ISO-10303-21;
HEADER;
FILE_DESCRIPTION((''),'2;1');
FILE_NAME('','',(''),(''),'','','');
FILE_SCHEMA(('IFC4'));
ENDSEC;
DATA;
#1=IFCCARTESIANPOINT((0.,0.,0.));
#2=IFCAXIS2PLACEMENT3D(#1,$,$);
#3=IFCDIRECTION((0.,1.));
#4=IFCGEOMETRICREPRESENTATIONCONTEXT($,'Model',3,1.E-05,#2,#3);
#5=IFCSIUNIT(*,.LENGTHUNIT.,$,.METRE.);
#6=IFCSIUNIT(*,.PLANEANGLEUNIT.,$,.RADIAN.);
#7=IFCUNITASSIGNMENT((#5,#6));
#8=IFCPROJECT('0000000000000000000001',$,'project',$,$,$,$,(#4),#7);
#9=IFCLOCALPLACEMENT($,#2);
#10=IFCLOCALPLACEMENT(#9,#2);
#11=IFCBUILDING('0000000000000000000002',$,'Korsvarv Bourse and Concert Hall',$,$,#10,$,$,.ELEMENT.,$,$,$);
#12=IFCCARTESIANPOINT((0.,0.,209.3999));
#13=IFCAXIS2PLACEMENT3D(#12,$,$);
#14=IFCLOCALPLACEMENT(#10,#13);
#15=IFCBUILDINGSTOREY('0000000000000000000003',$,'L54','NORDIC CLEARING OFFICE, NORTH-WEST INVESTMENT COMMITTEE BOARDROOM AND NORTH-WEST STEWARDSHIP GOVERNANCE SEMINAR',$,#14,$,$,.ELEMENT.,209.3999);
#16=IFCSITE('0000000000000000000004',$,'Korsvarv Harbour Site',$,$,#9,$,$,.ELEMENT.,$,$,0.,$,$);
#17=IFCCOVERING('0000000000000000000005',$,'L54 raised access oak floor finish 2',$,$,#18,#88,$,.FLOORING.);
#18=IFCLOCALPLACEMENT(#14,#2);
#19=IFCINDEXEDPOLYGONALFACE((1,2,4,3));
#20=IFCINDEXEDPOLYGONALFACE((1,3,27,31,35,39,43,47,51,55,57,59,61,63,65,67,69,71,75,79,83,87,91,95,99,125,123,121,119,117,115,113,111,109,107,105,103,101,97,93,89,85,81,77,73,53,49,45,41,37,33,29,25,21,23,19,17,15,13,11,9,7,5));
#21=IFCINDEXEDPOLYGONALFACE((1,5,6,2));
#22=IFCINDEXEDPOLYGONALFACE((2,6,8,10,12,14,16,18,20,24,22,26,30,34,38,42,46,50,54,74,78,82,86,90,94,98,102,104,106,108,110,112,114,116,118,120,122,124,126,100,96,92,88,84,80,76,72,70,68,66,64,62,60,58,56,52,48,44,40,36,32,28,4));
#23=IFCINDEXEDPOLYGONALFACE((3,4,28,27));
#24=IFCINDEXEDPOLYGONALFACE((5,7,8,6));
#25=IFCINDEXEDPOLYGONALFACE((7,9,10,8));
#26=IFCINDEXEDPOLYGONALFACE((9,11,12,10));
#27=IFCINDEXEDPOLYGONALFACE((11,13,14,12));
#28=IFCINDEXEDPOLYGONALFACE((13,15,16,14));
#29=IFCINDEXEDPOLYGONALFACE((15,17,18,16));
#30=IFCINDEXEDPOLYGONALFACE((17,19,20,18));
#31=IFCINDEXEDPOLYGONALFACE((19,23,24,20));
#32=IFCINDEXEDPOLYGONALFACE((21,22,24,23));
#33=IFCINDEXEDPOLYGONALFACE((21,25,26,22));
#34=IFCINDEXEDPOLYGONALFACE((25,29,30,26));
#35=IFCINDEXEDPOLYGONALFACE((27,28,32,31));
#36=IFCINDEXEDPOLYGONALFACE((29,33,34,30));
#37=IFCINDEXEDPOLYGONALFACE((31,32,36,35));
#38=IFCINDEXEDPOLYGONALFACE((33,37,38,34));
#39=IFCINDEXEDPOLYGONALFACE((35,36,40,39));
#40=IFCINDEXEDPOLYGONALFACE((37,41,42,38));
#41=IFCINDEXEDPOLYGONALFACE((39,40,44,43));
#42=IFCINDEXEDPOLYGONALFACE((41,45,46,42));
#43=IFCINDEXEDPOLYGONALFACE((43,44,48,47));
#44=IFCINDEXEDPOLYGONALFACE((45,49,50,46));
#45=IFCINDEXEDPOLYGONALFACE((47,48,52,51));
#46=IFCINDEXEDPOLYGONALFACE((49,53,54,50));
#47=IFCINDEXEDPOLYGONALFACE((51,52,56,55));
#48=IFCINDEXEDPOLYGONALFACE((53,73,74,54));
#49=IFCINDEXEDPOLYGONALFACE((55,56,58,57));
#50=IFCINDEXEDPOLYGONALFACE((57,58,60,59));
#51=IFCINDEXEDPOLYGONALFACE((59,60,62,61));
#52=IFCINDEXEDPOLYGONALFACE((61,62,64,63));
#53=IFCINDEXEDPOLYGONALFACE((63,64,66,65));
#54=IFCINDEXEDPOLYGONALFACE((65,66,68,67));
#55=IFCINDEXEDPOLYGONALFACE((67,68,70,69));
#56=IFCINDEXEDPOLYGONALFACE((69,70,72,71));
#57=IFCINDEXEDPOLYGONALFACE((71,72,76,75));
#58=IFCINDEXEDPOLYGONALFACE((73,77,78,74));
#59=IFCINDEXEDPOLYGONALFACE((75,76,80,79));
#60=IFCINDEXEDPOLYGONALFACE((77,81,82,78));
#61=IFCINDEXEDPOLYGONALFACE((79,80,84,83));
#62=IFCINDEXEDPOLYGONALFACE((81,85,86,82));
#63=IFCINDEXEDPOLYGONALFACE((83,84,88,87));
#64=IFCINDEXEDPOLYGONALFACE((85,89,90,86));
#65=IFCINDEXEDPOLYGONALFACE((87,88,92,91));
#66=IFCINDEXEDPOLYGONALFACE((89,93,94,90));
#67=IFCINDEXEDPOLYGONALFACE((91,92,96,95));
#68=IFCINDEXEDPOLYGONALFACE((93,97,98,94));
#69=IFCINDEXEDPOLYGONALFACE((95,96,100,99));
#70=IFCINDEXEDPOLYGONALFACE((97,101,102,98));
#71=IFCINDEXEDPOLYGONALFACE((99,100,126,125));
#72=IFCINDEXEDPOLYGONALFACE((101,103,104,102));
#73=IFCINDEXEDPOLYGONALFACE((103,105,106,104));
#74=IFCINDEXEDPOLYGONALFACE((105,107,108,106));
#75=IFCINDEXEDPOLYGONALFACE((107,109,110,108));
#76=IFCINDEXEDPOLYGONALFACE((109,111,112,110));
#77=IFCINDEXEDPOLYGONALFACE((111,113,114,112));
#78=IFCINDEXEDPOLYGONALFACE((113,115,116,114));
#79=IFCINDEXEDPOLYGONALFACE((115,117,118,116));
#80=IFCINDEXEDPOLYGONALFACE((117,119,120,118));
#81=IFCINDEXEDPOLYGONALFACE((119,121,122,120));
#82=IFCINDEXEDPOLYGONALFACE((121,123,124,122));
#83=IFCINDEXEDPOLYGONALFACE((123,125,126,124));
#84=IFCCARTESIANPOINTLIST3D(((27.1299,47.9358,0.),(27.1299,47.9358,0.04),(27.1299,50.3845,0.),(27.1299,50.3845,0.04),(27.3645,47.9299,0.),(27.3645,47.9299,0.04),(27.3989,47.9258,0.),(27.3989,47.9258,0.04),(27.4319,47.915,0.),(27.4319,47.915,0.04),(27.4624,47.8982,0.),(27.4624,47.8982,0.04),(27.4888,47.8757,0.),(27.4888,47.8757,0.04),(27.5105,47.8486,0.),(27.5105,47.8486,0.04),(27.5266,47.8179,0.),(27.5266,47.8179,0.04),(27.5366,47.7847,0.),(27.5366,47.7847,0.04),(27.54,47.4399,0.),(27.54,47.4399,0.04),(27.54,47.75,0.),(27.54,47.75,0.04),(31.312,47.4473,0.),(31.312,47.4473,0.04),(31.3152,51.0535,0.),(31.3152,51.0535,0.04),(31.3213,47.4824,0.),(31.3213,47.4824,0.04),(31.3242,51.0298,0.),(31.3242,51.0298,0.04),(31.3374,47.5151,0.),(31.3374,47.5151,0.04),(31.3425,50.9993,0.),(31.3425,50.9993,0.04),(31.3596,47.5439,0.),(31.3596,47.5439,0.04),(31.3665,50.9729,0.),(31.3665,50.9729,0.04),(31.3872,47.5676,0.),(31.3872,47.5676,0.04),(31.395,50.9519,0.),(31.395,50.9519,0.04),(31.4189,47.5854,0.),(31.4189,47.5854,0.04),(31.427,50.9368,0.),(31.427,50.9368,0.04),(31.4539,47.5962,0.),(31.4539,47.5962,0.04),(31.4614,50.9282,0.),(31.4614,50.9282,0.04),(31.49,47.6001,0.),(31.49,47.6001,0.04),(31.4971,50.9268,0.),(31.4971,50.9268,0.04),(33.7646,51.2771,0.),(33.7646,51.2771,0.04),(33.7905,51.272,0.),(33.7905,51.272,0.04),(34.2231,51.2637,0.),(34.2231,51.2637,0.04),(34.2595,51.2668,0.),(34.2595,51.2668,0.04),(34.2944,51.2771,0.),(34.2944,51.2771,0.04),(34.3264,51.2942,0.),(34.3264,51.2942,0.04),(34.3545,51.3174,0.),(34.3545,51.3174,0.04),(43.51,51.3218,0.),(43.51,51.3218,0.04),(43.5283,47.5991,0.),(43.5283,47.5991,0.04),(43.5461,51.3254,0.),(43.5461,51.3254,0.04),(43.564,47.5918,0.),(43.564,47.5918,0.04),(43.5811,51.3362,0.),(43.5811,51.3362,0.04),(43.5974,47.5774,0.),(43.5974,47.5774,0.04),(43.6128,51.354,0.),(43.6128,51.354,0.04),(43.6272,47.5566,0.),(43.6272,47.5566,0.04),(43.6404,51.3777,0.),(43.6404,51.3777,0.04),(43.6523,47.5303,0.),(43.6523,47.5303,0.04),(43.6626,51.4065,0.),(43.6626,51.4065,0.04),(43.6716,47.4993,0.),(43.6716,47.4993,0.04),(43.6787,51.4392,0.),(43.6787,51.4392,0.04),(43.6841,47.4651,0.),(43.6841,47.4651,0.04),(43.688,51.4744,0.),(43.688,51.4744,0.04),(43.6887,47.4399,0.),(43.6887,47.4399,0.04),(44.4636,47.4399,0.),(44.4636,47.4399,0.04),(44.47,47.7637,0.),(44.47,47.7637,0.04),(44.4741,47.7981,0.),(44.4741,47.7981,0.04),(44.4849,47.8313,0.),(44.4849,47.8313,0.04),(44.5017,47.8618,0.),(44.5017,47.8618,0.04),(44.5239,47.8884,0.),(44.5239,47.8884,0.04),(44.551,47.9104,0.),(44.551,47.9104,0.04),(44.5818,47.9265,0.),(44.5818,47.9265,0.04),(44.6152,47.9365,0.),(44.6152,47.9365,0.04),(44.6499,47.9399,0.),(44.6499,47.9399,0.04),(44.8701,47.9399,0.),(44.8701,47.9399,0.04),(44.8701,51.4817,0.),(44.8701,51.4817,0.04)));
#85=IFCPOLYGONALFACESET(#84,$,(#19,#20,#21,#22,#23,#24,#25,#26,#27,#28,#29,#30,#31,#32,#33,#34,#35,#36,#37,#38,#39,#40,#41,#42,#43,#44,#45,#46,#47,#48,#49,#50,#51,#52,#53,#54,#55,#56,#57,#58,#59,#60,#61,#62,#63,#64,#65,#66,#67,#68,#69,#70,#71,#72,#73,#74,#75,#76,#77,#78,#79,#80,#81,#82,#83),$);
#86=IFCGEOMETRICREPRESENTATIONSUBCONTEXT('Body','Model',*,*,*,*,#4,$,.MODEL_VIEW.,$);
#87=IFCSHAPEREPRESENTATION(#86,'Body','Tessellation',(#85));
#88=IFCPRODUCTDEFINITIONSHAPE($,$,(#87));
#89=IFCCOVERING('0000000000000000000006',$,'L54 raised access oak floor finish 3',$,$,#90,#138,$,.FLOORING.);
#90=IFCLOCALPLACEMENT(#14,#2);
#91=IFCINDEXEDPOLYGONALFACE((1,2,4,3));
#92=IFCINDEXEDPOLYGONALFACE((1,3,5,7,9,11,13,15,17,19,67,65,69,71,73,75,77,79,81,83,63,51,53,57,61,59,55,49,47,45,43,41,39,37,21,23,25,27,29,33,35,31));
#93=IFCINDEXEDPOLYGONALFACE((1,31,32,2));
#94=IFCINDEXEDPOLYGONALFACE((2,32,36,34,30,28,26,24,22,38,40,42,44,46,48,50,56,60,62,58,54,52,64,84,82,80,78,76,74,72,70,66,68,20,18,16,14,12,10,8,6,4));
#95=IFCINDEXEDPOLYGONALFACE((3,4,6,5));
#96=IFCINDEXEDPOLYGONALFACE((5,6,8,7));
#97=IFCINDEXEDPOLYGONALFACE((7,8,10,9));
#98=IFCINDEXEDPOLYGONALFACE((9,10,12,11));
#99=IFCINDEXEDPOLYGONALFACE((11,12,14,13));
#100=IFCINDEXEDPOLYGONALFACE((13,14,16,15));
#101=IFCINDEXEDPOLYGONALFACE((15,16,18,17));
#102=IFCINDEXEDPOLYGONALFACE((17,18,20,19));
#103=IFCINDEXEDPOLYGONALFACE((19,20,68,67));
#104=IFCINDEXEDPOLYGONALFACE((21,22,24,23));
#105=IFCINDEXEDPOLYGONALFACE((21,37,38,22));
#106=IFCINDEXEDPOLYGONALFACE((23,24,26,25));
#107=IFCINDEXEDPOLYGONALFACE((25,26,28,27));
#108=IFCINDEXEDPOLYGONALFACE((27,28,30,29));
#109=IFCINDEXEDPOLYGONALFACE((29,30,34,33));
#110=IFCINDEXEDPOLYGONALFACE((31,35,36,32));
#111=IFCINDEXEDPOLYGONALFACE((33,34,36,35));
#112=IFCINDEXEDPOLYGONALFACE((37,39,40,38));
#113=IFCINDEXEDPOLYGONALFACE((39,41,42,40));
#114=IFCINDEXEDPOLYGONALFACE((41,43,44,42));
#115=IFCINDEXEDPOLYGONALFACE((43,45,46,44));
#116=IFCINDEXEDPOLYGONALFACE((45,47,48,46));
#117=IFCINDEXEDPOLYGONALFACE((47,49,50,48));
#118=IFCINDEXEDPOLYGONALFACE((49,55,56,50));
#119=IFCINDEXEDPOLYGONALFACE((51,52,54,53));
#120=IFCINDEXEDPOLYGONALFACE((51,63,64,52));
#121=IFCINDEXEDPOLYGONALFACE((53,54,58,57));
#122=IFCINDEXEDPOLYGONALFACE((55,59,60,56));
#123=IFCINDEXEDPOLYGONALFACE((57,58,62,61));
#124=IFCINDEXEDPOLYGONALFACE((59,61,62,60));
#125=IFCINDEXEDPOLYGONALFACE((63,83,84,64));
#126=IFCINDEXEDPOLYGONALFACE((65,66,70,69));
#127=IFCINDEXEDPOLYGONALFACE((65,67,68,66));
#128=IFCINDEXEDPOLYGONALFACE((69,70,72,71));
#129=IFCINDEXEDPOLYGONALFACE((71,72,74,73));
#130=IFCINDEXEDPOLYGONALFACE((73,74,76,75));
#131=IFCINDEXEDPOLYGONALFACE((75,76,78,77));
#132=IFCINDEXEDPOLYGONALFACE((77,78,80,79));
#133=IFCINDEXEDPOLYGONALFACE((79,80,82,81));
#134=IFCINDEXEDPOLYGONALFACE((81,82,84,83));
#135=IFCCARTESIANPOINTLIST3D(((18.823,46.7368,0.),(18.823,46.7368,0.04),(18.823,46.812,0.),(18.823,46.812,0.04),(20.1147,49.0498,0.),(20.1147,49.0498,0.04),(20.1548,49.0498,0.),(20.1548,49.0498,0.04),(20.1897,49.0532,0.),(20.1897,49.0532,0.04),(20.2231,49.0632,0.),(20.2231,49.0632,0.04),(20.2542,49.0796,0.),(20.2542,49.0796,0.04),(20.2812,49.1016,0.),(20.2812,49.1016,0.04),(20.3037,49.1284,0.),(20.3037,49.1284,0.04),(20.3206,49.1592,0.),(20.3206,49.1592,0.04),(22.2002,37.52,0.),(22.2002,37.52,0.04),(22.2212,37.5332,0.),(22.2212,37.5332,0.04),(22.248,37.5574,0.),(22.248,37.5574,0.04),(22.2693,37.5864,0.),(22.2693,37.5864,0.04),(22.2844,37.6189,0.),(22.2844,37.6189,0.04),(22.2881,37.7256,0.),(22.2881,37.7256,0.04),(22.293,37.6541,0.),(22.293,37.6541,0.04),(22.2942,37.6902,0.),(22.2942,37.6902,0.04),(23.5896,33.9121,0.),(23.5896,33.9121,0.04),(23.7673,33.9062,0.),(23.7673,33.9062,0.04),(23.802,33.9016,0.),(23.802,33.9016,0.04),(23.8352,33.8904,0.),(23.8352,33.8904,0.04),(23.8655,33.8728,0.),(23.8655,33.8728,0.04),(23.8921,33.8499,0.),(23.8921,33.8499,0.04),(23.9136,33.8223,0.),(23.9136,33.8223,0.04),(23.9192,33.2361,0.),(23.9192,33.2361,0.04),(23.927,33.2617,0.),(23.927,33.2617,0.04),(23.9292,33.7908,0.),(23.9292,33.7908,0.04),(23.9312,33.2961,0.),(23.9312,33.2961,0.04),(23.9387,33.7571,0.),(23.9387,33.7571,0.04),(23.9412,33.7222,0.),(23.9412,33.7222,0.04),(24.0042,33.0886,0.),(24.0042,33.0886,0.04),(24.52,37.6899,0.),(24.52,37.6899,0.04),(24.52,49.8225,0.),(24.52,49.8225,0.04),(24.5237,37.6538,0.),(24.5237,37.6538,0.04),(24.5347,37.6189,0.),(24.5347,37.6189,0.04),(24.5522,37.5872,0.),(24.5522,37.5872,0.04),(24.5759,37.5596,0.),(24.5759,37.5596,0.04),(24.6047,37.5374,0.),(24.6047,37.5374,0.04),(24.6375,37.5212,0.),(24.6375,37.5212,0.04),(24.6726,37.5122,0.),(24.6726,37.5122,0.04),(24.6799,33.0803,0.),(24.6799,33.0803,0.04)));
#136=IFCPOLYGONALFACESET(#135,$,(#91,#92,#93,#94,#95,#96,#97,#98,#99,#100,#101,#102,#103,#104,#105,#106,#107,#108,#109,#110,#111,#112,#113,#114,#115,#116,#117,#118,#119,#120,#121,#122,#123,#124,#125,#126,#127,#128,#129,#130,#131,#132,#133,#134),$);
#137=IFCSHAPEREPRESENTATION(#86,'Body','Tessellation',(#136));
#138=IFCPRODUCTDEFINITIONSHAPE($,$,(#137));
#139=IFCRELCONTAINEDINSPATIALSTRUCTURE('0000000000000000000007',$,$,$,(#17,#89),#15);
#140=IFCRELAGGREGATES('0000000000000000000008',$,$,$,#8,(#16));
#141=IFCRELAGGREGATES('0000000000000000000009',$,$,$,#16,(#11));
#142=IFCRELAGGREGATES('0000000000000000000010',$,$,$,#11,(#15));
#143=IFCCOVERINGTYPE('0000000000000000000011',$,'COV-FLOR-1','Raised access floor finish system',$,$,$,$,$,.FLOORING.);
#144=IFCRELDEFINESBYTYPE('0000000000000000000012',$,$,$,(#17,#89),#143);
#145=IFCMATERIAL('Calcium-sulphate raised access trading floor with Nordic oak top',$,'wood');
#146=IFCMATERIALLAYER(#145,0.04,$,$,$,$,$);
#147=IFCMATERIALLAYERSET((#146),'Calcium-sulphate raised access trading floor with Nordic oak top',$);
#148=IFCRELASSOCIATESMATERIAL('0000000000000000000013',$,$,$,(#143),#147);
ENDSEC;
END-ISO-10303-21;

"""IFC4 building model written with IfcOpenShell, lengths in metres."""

from ifc_helpers import new_model, si_unit, direction, frame, origin, place, context, subcontext, project, spatial, polyline, outline, extrude, material, layer, layer_set, type_object, element, save


model = new_model("IFC4")

# Units and contexts
model_context = context("Model", 3, precision=1e-05, world=origin(), true_north=direction((0.0, 1.0)))
body_context = subcontext(model_context, "Body", "Model", "MODEL_VIEW")
ifc_project = project(units=[si_unit("LENGTHUNIT", "METRE"), si_unit("PLANEANGLEUNIT", "RADIAN")], contexts=[model_context])

# Site, building, storey
site_placement = place(None, origin())
site = spatial("IfcSite", under=ifc_project, at=site_placement, Name="Korsvarv Harbour Site", CompositionType="ELEMENT", RefElevation=0.0)
building_placement = place(site_placement, origin())
building = spatial("IfcBuilding", under=site, at=building_placement, Name="Korsvarv Bourse and Concert Hall", CompositionType="ELEMENT")
storey_placement = place(building_placement, frame((0.0, 0.0, 209.3999)))
storey = spatial("IfcBuildingStorey", under=building, at=storey_placement, Name="L54", Description="NORDIC CLEARING OFFICE, NORTH-WEST INVESTMENT COMMITTEE BOARDROOM AND NORTH-WEST STEWARDSHIP GOVERNANCE SEMINAR", CompositionType="ELEMENT", Elevation=209.3999)

# Coverings
ifc_material_1 = material(Name="Calcium-sulphate raised access trading floor with Nordic oak top", Category="wood")
ifc_layer_1 = layer(ifc_material_1, 0.04)
ifc_layer_set_1 = layer_set([ifc_layer_1], Name="Calcium-sulphate raised access trading floor with Nordic oak top")
covering_type_1 = type_object("IfcCoveringType", Name="COV-FLOR-1", Description="Raised access floor finish system", PredefinedType="FLOORING", material=ifc_layer_set_1)
covering_1_placement = place(storey_placement, origin())
element("IfcCovering", 1, at=covering_1_placement, inside=storey, type_object=covering_type_1, Name="L54 raised access oak floor finish 2", PredefinedType="FLOORING", context=body_context, shape_type="SweptSolid", body=[
    extrude(outline(polyline([(31.3152, 51.0535), (31.3242, 51.0298), (31.3425, 50.9993), (31.3665, 50.9729), (31.395, 50.9519), (31.427, 50.9368), (31.4614, 50.9282), (31.4971, 50.9268), (33.7646, 51.2771), (33.7905, 51.272), (34.2231, 51.2637), (34.2595, 51.2668), (34.2944, 51.2771), (34.3264, 51.2942), (34.3545, 51.3174), (43.51, 51.3218), (43.5461, 51.3254), (43.5811, 51.3362), (43.6128, 51.354), (43.6404, 51.3777), (43.6626, 51.4065), (43.6787, 51.4392), (43.688, 51.4744), (44.8701, 51.4817), (44.8701, 47.9399), (44.6499, 47.9399), (44.6152, 47.9365), (44.5818, 47.9265), (44.551, 47.9104), (44.5239, 47.8884), (44.5017, 47.8618), (44.4849, 47.8313), (44.4741, 47.7981), (44.47, 47.7637), (44.4636, 47.4399), (43.6887, 47.4399), (43.6841, 47.4651), (43.6716, 47.4993), (43.6523, 47.5303), (43.6272, 47.5566), (43.5974, 47.5774), (43.564, 47.5918), (43.5283, 47.5991), (31.49, 47.6001), (31.4539, 47.5962), (31.4189, 47.5854), (31.3872, 47.5676), (31.3596, 47.5439), (31.3374, 47.5151), (31.3213, 47.4824), (31.312, 47.4473), (27.54, 47.4399), (27.54, 47.75), (27.5366, 47.7847), (27.5266, 47.8179), (27.5105, 47.8486), (27.4888, 47.8757), (27.4624, 47.8982), (27.4319, 47.915), (27.3989, 47.9258), (27.3645, 47.9299), (27.1299, 47.9358), (27.1299, 50.3845), (31.3152, 51.0535)])), origin(), (0.0, 0.0, 1.0), 0.04),
])
covering_2_placement = place(storey_placement, origin())
element("IfcCovering", 2, at=covering_2_placement, inside=storey, type_object=covering_type_1, Name="L54 raised access oak floor finish 3", PredefinedType="FLOORING", context=body_context, shape_type="SweptSolid", body=[
    extrude(outline(polyline([(24.52, 49.8225), (24.52, 37.6899), (24.5237, 37.6538), (24.5347, 37.6189), (24.5522, 37.5872), (24.5759, 37.5596), (24.6047, 37.5374), (24.6375, 37.5212), (24.6726, 37.5122), (24.6799, 33.0803), (24.0042, 33.0886), (23.9192, 33.2361), (23.927, 33.2617), (23.9312, 33.2961), (23.9412, 33.7222), (23.9387, 33.7571), (23.9292, 33.7908), (23.9136, 33.8223), (23.8921, 33.8499), (23.8655, 33.8728), (23.8352, 33.8904), (23.802, 33.9016), (23.7673, 33.9062), (23.5896, 33.9121), (22.2002, 37.52), (22.2212, 37.5332), (22.248, 37.5574), (22.2693, 37.5864), (22.2844, 37.6189), (22.293, 37.6541), (22.2942, 37.6902), (22.2881, 37.7256), (18.823, 46.7368), (18.823, 46.812), (20.1147, 49.0498), (20.1548, 49.0498), (20.1897, 49.0532), (20.2231, 49.0632), (20.2542, 49.0796), (20.2812, 49.1016), (20.3037, 49.1284), (20.3206, 49.1592), (24.52, 49.8225)])), origin(), (0.0, 0.0, 1.0), 0.04),
])

save(model, "model.ifc")
